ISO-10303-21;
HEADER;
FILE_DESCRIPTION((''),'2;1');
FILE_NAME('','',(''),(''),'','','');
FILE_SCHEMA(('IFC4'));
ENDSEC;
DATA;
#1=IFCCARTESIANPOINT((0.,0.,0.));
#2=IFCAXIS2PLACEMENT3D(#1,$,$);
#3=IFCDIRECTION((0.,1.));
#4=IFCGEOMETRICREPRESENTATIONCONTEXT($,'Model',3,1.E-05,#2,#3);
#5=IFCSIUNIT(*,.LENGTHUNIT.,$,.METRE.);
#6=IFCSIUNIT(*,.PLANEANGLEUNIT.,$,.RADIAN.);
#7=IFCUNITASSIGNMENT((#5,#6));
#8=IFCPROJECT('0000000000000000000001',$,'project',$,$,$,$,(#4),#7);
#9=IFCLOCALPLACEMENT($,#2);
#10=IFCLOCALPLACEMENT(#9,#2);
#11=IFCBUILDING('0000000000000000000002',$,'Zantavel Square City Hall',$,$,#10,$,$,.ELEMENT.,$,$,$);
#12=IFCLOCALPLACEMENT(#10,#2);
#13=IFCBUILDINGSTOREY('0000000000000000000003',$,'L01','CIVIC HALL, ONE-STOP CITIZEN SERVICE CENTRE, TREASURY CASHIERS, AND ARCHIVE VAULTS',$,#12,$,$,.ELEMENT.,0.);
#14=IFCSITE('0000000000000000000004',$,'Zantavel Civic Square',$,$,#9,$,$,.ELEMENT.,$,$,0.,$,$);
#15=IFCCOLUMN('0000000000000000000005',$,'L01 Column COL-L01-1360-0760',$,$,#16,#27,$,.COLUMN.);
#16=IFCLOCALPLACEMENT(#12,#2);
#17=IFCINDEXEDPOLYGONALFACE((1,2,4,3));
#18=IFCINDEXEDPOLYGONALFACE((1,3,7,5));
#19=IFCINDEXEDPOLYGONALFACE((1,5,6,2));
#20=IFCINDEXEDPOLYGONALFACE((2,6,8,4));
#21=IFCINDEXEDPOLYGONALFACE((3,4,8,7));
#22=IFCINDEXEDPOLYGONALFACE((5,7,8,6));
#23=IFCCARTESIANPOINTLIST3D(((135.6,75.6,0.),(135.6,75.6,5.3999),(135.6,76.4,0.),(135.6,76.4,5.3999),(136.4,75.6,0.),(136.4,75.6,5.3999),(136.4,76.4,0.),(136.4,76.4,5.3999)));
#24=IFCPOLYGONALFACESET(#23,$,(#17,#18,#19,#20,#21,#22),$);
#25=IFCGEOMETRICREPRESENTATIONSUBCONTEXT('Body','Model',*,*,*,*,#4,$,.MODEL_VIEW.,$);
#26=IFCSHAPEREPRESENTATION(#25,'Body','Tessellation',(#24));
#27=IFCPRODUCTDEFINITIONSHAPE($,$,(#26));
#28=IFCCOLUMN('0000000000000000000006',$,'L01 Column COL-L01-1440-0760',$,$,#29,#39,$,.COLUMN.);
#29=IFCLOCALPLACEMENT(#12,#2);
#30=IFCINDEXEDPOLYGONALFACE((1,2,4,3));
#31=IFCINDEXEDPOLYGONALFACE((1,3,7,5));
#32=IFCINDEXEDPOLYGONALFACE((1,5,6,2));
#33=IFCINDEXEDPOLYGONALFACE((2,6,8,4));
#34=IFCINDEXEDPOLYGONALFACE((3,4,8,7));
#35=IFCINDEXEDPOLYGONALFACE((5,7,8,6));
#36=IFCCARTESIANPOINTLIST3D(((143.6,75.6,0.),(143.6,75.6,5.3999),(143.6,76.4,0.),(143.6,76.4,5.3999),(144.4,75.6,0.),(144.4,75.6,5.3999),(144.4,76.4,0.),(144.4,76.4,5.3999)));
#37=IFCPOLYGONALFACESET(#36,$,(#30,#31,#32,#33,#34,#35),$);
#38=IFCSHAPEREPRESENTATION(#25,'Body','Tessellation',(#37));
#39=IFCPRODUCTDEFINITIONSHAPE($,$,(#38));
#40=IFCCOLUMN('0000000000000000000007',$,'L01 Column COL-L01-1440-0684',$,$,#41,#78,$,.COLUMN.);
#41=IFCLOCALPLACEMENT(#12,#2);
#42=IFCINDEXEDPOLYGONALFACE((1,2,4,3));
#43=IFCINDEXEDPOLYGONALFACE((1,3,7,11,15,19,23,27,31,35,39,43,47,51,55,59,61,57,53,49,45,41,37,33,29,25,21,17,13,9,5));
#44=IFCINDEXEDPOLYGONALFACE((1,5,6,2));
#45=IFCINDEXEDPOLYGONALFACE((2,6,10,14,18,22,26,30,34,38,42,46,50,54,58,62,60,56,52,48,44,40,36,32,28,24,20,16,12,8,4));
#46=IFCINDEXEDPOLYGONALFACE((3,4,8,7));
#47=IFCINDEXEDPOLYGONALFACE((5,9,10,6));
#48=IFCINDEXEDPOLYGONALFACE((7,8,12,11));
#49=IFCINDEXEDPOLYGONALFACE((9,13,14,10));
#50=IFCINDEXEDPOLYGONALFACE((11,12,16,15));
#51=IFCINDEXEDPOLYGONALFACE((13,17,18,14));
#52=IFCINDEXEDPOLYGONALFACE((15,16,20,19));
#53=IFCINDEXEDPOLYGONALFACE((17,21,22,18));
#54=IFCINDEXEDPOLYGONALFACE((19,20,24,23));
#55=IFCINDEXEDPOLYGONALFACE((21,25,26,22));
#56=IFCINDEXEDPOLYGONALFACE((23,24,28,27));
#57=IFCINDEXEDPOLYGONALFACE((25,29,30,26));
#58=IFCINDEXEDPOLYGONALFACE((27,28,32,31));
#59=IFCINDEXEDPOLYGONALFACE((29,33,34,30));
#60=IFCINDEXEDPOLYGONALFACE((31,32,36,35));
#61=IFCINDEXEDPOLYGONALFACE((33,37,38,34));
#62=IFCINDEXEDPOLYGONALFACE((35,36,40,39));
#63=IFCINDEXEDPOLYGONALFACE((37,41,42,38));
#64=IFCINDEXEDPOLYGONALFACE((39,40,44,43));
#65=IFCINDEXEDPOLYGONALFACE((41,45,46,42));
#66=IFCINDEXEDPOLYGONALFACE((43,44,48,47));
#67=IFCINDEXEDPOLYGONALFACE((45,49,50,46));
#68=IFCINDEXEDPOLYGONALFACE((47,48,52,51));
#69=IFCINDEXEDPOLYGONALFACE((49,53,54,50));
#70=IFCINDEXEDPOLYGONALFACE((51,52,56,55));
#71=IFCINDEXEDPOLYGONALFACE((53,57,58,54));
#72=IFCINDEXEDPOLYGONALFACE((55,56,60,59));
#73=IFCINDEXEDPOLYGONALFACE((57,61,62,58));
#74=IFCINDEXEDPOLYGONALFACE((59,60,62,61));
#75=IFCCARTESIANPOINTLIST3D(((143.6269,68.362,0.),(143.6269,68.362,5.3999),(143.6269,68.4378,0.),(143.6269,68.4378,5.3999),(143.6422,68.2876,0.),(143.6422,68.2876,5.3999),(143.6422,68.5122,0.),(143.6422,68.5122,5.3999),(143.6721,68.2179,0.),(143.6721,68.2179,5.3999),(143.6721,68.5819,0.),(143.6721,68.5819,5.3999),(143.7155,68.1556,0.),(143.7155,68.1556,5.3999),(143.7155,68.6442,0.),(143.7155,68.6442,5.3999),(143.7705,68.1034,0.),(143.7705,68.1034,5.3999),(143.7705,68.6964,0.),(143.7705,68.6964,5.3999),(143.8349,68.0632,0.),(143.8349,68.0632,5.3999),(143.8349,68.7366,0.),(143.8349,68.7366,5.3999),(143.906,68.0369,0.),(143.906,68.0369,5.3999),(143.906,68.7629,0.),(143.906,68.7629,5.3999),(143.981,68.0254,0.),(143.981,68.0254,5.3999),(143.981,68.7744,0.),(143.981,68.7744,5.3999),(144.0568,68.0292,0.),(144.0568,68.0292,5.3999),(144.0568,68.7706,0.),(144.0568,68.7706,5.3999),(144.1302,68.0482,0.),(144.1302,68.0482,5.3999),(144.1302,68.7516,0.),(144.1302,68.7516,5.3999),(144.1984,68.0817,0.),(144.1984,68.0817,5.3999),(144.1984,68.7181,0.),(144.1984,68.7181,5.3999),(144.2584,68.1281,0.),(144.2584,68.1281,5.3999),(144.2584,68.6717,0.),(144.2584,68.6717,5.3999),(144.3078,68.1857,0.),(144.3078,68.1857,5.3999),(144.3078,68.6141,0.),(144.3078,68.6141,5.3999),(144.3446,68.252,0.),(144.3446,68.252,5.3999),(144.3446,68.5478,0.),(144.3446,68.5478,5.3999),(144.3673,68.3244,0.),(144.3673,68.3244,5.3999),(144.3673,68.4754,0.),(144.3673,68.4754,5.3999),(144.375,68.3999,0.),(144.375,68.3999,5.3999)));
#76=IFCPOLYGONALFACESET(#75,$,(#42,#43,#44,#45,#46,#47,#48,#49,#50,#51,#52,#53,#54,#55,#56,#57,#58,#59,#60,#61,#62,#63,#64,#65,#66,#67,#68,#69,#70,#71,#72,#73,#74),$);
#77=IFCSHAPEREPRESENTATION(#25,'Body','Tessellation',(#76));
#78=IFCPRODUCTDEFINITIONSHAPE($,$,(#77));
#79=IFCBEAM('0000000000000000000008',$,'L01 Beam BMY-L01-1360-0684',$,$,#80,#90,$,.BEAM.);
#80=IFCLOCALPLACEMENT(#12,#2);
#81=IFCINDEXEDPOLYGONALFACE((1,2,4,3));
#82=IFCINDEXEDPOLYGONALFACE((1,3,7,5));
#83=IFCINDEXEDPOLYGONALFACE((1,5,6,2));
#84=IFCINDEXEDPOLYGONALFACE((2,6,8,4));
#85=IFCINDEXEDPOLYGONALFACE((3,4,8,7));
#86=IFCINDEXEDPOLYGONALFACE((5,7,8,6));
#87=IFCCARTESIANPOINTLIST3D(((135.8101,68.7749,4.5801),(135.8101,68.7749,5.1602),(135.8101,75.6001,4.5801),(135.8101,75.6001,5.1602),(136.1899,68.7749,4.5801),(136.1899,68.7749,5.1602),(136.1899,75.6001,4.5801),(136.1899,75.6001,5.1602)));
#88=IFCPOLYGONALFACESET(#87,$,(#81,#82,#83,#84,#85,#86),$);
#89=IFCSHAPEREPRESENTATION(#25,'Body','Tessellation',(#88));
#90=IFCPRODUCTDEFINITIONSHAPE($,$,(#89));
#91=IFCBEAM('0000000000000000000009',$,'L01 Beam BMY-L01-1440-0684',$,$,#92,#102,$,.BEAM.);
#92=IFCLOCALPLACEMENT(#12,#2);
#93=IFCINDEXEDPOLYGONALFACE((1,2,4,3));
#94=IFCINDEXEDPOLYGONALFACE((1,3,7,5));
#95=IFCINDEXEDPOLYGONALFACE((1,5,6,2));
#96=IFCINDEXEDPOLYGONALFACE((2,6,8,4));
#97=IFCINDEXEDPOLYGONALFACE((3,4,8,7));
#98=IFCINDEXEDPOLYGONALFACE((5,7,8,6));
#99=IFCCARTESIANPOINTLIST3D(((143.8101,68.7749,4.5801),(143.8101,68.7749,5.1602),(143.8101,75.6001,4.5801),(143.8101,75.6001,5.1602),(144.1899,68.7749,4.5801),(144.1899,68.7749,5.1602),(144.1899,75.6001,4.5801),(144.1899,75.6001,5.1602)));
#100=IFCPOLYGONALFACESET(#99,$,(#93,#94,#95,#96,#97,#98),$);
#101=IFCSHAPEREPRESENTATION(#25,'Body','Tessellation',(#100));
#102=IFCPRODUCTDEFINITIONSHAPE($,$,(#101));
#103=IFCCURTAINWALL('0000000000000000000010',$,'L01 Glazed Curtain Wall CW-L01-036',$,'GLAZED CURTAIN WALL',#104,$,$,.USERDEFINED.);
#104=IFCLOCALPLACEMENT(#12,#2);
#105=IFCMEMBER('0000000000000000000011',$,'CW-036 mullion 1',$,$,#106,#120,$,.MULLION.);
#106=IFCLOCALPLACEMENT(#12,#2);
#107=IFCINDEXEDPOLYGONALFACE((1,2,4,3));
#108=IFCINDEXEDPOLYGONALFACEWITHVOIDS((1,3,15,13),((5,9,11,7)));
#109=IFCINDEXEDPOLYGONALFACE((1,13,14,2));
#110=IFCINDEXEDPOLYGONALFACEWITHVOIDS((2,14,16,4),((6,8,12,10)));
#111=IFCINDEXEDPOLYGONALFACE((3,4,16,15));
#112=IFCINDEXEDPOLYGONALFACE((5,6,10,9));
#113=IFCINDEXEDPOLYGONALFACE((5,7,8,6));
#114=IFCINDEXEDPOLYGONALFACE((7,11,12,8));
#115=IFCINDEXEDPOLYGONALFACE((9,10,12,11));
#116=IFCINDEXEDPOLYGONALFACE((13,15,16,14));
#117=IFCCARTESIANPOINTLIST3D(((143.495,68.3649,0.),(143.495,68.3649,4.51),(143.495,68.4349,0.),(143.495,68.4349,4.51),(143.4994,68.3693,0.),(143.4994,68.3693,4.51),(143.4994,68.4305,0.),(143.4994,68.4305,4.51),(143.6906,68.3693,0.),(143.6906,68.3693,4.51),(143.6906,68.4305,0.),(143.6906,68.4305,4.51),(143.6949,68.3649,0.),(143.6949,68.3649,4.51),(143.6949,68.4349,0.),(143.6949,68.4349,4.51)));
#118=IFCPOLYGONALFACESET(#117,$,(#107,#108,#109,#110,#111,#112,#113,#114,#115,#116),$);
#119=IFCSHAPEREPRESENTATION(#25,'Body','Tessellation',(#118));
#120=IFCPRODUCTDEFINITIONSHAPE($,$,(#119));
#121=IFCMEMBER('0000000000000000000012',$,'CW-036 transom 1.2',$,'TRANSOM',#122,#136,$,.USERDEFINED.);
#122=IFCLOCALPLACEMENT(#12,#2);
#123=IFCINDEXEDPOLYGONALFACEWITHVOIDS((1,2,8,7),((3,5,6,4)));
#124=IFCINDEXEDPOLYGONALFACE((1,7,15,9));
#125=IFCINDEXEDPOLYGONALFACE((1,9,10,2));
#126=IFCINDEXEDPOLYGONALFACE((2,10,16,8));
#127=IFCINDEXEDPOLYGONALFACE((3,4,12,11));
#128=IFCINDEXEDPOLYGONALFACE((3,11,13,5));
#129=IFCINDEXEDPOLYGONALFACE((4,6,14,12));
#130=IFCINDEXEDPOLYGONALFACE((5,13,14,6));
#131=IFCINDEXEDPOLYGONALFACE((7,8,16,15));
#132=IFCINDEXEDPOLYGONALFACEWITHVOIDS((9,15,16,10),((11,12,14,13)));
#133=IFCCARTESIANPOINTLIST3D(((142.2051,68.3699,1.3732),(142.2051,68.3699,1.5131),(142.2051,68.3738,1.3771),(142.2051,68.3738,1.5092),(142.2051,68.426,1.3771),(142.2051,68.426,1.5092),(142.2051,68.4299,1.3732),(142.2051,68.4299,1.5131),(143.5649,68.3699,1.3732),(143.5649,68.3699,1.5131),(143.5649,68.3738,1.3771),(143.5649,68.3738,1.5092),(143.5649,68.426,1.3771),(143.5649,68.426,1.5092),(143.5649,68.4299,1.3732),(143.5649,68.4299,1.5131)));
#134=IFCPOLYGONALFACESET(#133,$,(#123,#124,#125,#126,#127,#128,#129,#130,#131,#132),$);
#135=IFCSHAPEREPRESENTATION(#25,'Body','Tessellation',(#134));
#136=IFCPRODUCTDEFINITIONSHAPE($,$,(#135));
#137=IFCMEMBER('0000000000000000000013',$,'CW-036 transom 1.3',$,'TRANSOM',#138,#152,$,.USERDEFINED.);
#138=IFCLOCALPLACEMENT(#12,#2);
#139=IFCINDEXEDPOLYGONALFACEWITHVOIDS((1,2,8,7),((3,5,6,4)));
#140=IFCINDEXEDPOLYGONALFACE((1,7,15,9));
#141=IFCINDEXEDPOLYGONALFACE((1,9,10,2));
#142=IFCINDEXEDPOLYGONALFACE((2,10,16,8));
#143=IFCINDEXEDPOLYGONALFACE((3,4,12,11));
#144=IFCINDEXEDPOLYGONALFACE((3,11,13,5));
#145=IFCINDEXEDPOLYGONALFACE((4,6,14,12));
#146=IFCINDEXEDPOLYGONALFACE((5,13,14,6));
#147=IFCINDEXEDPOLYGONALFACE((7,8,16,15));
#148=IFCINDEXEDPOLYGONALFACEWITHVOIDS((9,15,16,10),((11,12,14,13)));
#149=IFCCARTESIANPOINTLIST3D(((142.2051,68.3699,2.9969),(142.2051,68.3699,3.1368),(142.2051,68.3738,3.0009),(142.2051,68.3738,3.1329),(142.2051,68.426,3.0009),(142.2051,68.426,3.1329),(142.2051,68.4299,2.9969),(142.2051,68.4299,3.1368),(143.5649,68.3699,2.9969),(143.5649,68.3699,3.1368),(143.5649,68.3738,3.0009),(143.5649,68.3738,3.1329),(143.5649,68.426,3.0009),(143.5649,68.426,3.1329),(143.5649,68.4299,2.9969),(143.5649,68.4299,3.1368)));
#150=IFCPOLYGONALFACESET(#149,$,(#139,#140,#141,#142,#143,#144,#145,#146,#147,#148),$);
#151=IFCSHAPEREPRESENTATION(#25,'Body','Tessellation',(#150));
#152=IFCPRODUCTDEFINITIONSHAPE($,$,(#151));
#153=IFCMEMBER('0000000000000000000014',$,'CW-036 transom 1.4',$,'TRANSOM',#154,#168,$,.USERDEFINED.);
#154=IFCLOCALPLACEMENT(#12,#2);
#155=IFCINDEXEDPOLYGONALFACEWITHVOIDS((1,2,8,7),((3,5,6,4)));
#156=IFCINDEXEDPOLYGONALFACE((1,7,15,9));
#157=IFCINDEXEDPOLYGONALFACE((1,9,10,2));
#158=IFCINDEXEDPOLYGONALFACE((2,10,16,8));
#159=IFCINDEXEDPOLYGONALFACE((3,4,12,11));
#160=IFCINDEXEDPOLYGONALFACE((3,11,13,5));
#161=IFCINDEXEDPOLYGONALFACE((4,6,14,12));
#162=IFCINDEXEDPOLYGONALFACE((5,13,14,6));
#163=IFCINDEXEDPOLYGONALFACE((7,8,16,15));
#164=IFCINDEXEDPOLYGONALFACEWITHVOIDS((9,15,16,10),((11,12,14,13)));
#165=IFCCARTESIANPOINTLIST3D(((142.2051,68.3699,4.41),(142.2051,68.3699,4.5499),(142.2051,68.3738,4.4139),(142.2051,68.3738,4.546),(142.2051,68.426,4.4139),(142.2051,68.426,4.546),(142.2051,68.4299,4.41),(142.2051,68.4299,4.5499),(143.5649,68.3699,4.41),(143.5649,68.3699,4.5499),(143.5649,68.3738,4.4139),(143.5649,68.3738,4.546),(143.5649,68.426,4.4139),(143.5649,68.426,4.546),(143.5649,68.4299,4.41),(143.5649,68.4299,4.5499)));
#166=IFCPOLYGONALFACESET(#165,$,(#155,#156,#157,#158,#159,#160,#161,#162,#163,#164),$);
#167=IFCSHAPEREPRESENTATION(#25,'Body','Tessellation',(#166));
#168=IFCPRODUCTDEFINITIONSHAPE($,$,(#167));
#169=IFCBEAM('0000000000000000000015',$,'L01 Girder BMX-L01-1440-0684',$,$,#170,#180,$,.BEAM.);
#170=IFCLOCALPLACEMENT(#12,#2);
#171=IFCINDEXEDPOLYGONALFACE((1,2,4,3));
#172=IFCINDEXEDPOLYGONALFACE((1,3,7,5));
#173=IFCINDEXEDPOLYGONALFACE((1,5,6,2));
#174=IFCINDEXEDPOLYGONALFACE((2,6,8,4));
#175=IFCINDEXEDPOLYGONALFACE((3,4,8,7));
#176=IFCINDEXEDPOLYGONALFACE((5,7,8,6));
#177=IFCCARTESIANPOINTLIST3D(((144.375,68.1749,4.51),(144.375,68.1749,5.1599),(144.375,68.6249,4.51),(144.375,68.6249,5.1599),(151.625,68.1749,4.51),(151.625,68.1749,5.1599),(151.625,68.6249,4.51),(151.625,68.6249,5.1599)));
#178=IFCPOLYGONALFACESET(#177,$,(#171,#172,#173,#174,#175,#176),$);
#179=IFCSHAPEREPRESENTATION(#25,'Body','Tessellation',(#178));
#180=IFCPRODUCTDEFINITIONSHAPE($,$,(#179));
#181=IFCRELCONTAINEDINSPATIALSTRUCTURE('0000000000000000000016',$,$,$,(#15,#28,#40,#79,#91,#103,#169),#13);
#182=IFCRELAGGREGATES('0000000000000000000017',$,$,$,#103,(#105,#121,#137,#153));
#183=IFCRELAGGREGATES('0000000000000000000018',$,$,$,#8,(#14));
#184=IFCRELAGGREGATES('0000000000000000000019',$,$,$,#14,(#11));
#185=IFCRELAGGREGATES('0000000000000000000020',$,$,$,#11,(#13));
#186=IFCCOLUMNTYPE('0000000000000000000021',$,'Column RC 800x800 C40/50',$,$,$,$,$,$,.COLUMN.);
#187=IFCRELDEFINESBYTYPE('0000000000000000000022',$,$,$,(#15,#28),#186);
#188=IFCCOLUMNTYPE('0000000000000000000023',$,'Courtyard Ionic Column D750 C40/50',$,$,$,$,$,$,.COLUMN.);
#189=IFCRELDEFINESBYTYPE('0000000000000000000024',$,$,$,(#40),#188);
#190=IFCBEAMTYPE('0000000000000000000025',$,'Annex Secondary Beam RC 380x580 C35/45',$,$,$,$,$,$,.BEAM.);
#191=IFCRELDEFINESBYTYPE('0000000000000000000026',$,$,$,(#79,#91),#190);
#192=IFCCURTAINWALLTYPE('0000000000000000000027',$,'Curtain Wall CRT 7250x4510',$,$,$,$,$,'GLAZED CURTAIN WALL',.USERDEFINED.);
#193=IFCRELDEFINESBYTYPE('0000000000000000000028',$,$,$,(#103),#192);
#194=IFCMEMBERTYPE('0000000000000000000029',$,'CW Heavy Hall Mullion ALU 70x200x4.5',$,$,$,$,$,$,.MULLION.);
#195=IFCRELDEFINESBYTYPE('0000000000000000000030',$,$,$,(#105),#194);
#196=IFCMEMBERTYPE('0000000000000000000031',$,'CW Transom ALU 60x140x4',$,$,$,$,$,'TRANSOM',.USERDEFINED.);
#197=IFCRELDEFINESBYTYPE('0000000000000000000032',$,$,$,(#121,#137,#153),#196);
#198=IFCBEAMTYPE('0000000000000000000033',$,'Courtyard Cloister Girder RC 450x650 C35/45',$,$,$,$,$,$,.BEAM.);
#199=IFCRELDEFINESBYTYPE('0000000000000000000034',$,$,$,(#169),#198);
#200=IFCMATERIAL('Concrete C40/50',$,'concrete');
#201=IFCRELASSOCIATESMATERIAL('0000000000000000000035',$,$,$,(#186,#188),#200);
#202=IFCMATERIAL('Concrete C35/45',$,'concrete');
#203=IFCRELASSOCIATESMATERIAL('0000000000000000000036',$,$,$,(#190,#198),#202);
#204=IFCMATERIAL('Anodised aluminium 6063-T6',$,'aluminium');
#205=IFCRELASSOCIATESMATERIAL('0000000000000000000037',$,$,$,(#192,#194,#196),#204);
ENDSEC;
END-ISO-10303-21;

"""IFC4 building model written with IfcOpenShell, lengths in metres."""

from ifc_helpers import new_model, si_unit, direction, frame, origin, origin_2d, place, context, subcontext, project, spatial, rectangle, hollow_rectangle, circle, extrude, material, material_profile, profile_set, type_object, element, aggregate, save


model = new_model("IFC4")

# Units and contexts
model_context = context("Model", 3, precision=1e-05, world=origin(), true_north=direction((0.0, 1.0)))
body_context = subcontext(model_context, "Body", "Model", "MODEL_VIEW")
ifc_project = project(units=[si_unit("LENGTHUNIT", "METRE"), si_unit("PLANEANGLEUNIT", "RADIAN")], contexts=[model_context])

# Site, building, storey
site_placement = place(None, origin())
site = spatial("IfcSite", under=ifc_project, at=site_placement, Name="Zantavel Civic Square", CompositionType="ELEMENT", RefElevation=0.0)
building_placement = place(site_placement, origin())
building = spatial("IfcBuilding", under=site, at=building_placement, Name="Zantavel Square City Hall", CompositionType="ELEMENT")
storey_placement = place(building_placement, origin())
storey = spatial("IfcBuildingStorey", under=building, at=storey_placement, Name="L01", Description="CIVIC HALL, ONE-STOP CITIZEN SERVICE CENTRE, TREASURY CASHIERS, AND ARCHIVE VAULTS", CompositionType="ELEMENT", Elevation=0.0)

# Columns
ifc_material_1 = material(Name="Concrete C40/50", Category="concrete")
ifc_material_profile_1 = material_profile(ifc_material_1, rectangle(XDim=0.8, YDim=0.8, at=origin_2d()), Name="RC 800x800")
ifc_profile_set_1 = profile_set([ifc_material_profile_1], Name="Concrete C40/50")
column_type_1 = type_object("IfcColumnType", Name="Column RC 800x800 C40/50", PredefinedType="COLUMN", material=ifc_profile_set_1)
for number, where, z_axis, x_axis, name in (
    (1, (136.0, 76.0, 0.0), (0.0, 0.0, 1.0), (1.0, 0.0, 0.0), "L01 Column COL-L01-1360-0760"),
    (2, (144.0, 76.0, 0.0), (0.0, 0.0, 1.0), (1.0, 0.0, 0.0), "L01 Column COL-L01-1440-0760"),
):
    element("IfcColumn", number, at=place(storey_placement, frame(where, z_axis=z_axis, x_axis=x_axis)), inside=storey, type_object=column_type_1, Name=name, PredefinedType="COLUMN", context=body_context, shape_type="SweptSolid", body=[
        extrude(rectangle(XDim=0.8, YDim=0.8, at=origin_2d()), origin(), (0.0, 0.0, 1.0), 5.3999),
    ])
ifc_material_profile_2 = material_profile(ifc_material_1, circle(Radius=0.375, at=origin_2d()), Name="ROUND D750")
ifc_profile_set_2 = profile_set([ifc_material_profile_2], Name="Concrete C40/50")
column_type_2 = type_object("IfcColumnType", Name="Courtyard Ionic Column D750 C40/50", PredefinedType="COLUMN", material=ifc_profile_set_2)
column_placement = place(storey_placement, frame((144.0, 68.3999, 0.0), z_axis=(0.0, 0.0, 1.0), x_axis=(1.0, 0.0, 0.0)))
element("IfcColumn", 3, at=column_placement, inside=storey, type_object=column_type_2, Name="L01 Column COL-L01-1440-0684", PredefinedType="COLUMN", context=body_context, shape_type="SweptSolid", body=[
    extrude(circle(Radius=0.375, at=origin_2d()), origin(), (0.0, 0.0, 1.0), 5.3999),
])

# Beams
ifc_material_2 = material(Name="Concrete C35/45", Category="concrete")
ifc_material_profile_3 = material_profile(ifc_material_2, rectangle(XDim=0.3799, YDim=0.5801, at=origin_2d()), Name="RC 380x580")
ifc_profile_set_3 = profile_set([ifc_material_profile_3], Name="Concrete C35/45")
beam_type_1 = type_object("IfcBeamType", Name="Annex Secondary Beam RC 380x580 C35/45", PredefinedType="BEAM", material=ifc_profile_set_3)
for number, where, z_axis, x_axis, name in (
    (4, (136.0, 68.7749, 4.8701), (0.0, 1.0, 0.0), (-1.0, 0.0, 0.0), "L01 Beam BMY-L01-1360-0684"),
    (5, (144.0, 68.7749, 4.8701), (0.0, 1.0, 0.0), (-1.0, 0.0, 0.0), "L01 Beam BMY-L01-1440-0684"),
):
    element("IfcBeam", number, at=place(storey_placement, frame(where, z_axis=z_axis, x_axis=x_axis)), inside=storey, type_object=beam_type_1, Name=name, PredefinedType="BEAM", context=body_context, shape_type="SweptSolid", body=[
        extrude(rectangle(XDim=0.3799, YDim=0.5801, at=origin_2d()), origin(), (0.0, 0.0, 1.0), 6.8252),
    ])

# Curtain wall, members
ifc_material_3 = material(Name="Anodised aluminium 6063-T6", Category="aluminium")
curtain_wall_type = type_object("IfcCurtainWallType", Name="Curtain Wall CRT 7250x4510", ElementType="GLAZED CURTAIN WALL", PredefinedType="USERDEFINED", material=ifc_material_3)
curtain_wall_placement = place(storey_placement, origin())
curtain_wall = element("IfcCurtainWall", 6, at=curtain_wall_placement, inside=storey, type_object=curtain_wall_type, Name="L01 Glazed Curtain Wall CW-L01-036", ObjectType="GLAZED CURTAIN WALL", PredefinedType="USERDEFINED")
ifc_material_profile_4 = material_profile(ifc_material_3, hollow_rectangle(XDim=0.0701, YDim=0.2, WallThickness=0.0044, at=origin_2d()), Name="ALU 70x200x4.5")
ifc_profile_set_4 = profile_set([ifc_material_profile_4], Name="Anodised aluminium 6063-T6")
member_type_1 = type_object("IfcMemberType", Name="CW Heavy Hall Mullion ALU 70x200x4.5", PredefinedType="MULLION", material=ifc_profile_set_4)
member_1_placement = place(storey_placement, frame((143.595, 68.3999, 0.0), z_axis=(0.0, 0.0, 1.0), x_axis=(0.0, -1.0, 0.0)))
member_1 = element("IfcMember", 7, at=member_1_placement, type_object=member_type_1, Name="CW-036 mullion 1", PredefinedType="MULLION", context=body_context, shape_type="SweptSolid", body=[
    extrude(hollow_rectangle(XDim=0.0701, YDim=0.2, WallThickness=0.0044, at=origin_2d()), origin(), (0.0, 0.0, 1.0), 4.51),
])
ifc_material_profile_5 = material_profile(ifc_material_3, hollow_rectangle(XDim=0.0601, YDim=0.1399, WallThickness=0.0039, at=origin_2d()), Name="ALU 60x140x4")
ifc_profile_set_5 = profile_set([ifc_material_profile_5], Name="Anodised aluminium 6063-T6")
member_type_2 = type_object("IfcMemberType", Name="CW Transom ALU 60x140x4", ElementType="TRANSOM", PredefinedType="USERDEFINED", material=ifc_profile_set_5)
member_2_placement = place(storey_placement, frame((143.5649, 68.3999, 1.4431), z_axis=(-1.0, 0.0, 0.0), x_axis=(0.0, -1.0, 0.0)))
member_2 = element("IfcMember", 8, at=member_2_placement, type_object=member_type_2, Name="CW-036 transom 1.2", ObjectType="TRANSOM", PredefinedType="USERDEFINED", context=body_context, shape_type="SweptSolid", body=[
    extrude(hollow_rectangle(XDim=0.0601, YDim=0.1399, WallThickness=0.0039, at=origin_2d()), origin(), (0.0, 0.0, 1.0), 1.3599),
])
member_3_placement = place(storey_placement, frame((143.5649, 68.3999, 3.0669), z_axis=(-1.0, 0.0, 0.0), x_axis=(0.0, -1.0, 0.0)))
member_3 = element("IfcMember", 9, at=member_3_placement, type_object=member_type_2, Name="CW-036 transom 1.3", ObjectType="TRANSOM", PredefinedType="USERDEFINED", context=body_context, shape_type="SweptSolid", body=[
    extrude(hollow_rectangle(XDim=0.0601, YDim=0.1399, WallThickness=0.0039, at=origin_2d()), origin(), (0.0, 0.0, 1.0), 1.3599),
])
member_4_placement = place(storey_placement, frame((143.5649, 68.3999, 4.48), z_axis=(-1.0, 0.0, 0.0), x_axis=(0.0, -1.0, 0.0)))
member_4 = element("IfcMember", 10, at=member_4_placement, type_object=member_type_2, Name="CW-036 transom 1.4", ObjectType="TRANSOM", PredefinedType="USERDEFINED", context=body_context, shape_type="SweptSolid", body=[
    extrude(hollow_rectangle(XDim=0.0601, YDim=0.1399, WallThickness=0.0039, at=origin_2d()), origin(), (0.0, 0.0, 1.0), 1.3599),
])
aggregate(curtain_wall, [member_1, member_2, member_3, member_4])

# Beam
ifc_material_profile_6 = material_profile(ifc_material_2, rectangle(XDim=0.45, YDim=0.6499, at=origin_2d()), Name="RC 450x650")
ifc_profile_set_6 = profile_set([ifc_material_profile_6], Name="Concrete C35/45")
beam_type_2 = type_object("IfcBeamType", Name="Courtyard Cloister Girder RC 450x650 C35/45", PredefinedType="BEAM", material=ifc_profile_set_6)
beam_1_placement = place(storey_placement, frame((144.375, 68.3999, 4.835), z_axis=(1.0, 0.0, 0.0), x_axis=(0.0, 1.0, 0.0)))
element("IfcBeam", 11, at=beam_1_placement, inside=storey, type_object=beam_type_2, Name="L01 Girder BMX-L01-1440-0684", PredefinedType="BEAM", context=body_context, shape_type="SweptSolid", body=[
    extrude(rectangle(XDim=0.45, YDim=0.6499, at=origin_2d()), origin(), (0.0, 0.0, 1.0), 7.25),
])

save(model, "model.ifc")
